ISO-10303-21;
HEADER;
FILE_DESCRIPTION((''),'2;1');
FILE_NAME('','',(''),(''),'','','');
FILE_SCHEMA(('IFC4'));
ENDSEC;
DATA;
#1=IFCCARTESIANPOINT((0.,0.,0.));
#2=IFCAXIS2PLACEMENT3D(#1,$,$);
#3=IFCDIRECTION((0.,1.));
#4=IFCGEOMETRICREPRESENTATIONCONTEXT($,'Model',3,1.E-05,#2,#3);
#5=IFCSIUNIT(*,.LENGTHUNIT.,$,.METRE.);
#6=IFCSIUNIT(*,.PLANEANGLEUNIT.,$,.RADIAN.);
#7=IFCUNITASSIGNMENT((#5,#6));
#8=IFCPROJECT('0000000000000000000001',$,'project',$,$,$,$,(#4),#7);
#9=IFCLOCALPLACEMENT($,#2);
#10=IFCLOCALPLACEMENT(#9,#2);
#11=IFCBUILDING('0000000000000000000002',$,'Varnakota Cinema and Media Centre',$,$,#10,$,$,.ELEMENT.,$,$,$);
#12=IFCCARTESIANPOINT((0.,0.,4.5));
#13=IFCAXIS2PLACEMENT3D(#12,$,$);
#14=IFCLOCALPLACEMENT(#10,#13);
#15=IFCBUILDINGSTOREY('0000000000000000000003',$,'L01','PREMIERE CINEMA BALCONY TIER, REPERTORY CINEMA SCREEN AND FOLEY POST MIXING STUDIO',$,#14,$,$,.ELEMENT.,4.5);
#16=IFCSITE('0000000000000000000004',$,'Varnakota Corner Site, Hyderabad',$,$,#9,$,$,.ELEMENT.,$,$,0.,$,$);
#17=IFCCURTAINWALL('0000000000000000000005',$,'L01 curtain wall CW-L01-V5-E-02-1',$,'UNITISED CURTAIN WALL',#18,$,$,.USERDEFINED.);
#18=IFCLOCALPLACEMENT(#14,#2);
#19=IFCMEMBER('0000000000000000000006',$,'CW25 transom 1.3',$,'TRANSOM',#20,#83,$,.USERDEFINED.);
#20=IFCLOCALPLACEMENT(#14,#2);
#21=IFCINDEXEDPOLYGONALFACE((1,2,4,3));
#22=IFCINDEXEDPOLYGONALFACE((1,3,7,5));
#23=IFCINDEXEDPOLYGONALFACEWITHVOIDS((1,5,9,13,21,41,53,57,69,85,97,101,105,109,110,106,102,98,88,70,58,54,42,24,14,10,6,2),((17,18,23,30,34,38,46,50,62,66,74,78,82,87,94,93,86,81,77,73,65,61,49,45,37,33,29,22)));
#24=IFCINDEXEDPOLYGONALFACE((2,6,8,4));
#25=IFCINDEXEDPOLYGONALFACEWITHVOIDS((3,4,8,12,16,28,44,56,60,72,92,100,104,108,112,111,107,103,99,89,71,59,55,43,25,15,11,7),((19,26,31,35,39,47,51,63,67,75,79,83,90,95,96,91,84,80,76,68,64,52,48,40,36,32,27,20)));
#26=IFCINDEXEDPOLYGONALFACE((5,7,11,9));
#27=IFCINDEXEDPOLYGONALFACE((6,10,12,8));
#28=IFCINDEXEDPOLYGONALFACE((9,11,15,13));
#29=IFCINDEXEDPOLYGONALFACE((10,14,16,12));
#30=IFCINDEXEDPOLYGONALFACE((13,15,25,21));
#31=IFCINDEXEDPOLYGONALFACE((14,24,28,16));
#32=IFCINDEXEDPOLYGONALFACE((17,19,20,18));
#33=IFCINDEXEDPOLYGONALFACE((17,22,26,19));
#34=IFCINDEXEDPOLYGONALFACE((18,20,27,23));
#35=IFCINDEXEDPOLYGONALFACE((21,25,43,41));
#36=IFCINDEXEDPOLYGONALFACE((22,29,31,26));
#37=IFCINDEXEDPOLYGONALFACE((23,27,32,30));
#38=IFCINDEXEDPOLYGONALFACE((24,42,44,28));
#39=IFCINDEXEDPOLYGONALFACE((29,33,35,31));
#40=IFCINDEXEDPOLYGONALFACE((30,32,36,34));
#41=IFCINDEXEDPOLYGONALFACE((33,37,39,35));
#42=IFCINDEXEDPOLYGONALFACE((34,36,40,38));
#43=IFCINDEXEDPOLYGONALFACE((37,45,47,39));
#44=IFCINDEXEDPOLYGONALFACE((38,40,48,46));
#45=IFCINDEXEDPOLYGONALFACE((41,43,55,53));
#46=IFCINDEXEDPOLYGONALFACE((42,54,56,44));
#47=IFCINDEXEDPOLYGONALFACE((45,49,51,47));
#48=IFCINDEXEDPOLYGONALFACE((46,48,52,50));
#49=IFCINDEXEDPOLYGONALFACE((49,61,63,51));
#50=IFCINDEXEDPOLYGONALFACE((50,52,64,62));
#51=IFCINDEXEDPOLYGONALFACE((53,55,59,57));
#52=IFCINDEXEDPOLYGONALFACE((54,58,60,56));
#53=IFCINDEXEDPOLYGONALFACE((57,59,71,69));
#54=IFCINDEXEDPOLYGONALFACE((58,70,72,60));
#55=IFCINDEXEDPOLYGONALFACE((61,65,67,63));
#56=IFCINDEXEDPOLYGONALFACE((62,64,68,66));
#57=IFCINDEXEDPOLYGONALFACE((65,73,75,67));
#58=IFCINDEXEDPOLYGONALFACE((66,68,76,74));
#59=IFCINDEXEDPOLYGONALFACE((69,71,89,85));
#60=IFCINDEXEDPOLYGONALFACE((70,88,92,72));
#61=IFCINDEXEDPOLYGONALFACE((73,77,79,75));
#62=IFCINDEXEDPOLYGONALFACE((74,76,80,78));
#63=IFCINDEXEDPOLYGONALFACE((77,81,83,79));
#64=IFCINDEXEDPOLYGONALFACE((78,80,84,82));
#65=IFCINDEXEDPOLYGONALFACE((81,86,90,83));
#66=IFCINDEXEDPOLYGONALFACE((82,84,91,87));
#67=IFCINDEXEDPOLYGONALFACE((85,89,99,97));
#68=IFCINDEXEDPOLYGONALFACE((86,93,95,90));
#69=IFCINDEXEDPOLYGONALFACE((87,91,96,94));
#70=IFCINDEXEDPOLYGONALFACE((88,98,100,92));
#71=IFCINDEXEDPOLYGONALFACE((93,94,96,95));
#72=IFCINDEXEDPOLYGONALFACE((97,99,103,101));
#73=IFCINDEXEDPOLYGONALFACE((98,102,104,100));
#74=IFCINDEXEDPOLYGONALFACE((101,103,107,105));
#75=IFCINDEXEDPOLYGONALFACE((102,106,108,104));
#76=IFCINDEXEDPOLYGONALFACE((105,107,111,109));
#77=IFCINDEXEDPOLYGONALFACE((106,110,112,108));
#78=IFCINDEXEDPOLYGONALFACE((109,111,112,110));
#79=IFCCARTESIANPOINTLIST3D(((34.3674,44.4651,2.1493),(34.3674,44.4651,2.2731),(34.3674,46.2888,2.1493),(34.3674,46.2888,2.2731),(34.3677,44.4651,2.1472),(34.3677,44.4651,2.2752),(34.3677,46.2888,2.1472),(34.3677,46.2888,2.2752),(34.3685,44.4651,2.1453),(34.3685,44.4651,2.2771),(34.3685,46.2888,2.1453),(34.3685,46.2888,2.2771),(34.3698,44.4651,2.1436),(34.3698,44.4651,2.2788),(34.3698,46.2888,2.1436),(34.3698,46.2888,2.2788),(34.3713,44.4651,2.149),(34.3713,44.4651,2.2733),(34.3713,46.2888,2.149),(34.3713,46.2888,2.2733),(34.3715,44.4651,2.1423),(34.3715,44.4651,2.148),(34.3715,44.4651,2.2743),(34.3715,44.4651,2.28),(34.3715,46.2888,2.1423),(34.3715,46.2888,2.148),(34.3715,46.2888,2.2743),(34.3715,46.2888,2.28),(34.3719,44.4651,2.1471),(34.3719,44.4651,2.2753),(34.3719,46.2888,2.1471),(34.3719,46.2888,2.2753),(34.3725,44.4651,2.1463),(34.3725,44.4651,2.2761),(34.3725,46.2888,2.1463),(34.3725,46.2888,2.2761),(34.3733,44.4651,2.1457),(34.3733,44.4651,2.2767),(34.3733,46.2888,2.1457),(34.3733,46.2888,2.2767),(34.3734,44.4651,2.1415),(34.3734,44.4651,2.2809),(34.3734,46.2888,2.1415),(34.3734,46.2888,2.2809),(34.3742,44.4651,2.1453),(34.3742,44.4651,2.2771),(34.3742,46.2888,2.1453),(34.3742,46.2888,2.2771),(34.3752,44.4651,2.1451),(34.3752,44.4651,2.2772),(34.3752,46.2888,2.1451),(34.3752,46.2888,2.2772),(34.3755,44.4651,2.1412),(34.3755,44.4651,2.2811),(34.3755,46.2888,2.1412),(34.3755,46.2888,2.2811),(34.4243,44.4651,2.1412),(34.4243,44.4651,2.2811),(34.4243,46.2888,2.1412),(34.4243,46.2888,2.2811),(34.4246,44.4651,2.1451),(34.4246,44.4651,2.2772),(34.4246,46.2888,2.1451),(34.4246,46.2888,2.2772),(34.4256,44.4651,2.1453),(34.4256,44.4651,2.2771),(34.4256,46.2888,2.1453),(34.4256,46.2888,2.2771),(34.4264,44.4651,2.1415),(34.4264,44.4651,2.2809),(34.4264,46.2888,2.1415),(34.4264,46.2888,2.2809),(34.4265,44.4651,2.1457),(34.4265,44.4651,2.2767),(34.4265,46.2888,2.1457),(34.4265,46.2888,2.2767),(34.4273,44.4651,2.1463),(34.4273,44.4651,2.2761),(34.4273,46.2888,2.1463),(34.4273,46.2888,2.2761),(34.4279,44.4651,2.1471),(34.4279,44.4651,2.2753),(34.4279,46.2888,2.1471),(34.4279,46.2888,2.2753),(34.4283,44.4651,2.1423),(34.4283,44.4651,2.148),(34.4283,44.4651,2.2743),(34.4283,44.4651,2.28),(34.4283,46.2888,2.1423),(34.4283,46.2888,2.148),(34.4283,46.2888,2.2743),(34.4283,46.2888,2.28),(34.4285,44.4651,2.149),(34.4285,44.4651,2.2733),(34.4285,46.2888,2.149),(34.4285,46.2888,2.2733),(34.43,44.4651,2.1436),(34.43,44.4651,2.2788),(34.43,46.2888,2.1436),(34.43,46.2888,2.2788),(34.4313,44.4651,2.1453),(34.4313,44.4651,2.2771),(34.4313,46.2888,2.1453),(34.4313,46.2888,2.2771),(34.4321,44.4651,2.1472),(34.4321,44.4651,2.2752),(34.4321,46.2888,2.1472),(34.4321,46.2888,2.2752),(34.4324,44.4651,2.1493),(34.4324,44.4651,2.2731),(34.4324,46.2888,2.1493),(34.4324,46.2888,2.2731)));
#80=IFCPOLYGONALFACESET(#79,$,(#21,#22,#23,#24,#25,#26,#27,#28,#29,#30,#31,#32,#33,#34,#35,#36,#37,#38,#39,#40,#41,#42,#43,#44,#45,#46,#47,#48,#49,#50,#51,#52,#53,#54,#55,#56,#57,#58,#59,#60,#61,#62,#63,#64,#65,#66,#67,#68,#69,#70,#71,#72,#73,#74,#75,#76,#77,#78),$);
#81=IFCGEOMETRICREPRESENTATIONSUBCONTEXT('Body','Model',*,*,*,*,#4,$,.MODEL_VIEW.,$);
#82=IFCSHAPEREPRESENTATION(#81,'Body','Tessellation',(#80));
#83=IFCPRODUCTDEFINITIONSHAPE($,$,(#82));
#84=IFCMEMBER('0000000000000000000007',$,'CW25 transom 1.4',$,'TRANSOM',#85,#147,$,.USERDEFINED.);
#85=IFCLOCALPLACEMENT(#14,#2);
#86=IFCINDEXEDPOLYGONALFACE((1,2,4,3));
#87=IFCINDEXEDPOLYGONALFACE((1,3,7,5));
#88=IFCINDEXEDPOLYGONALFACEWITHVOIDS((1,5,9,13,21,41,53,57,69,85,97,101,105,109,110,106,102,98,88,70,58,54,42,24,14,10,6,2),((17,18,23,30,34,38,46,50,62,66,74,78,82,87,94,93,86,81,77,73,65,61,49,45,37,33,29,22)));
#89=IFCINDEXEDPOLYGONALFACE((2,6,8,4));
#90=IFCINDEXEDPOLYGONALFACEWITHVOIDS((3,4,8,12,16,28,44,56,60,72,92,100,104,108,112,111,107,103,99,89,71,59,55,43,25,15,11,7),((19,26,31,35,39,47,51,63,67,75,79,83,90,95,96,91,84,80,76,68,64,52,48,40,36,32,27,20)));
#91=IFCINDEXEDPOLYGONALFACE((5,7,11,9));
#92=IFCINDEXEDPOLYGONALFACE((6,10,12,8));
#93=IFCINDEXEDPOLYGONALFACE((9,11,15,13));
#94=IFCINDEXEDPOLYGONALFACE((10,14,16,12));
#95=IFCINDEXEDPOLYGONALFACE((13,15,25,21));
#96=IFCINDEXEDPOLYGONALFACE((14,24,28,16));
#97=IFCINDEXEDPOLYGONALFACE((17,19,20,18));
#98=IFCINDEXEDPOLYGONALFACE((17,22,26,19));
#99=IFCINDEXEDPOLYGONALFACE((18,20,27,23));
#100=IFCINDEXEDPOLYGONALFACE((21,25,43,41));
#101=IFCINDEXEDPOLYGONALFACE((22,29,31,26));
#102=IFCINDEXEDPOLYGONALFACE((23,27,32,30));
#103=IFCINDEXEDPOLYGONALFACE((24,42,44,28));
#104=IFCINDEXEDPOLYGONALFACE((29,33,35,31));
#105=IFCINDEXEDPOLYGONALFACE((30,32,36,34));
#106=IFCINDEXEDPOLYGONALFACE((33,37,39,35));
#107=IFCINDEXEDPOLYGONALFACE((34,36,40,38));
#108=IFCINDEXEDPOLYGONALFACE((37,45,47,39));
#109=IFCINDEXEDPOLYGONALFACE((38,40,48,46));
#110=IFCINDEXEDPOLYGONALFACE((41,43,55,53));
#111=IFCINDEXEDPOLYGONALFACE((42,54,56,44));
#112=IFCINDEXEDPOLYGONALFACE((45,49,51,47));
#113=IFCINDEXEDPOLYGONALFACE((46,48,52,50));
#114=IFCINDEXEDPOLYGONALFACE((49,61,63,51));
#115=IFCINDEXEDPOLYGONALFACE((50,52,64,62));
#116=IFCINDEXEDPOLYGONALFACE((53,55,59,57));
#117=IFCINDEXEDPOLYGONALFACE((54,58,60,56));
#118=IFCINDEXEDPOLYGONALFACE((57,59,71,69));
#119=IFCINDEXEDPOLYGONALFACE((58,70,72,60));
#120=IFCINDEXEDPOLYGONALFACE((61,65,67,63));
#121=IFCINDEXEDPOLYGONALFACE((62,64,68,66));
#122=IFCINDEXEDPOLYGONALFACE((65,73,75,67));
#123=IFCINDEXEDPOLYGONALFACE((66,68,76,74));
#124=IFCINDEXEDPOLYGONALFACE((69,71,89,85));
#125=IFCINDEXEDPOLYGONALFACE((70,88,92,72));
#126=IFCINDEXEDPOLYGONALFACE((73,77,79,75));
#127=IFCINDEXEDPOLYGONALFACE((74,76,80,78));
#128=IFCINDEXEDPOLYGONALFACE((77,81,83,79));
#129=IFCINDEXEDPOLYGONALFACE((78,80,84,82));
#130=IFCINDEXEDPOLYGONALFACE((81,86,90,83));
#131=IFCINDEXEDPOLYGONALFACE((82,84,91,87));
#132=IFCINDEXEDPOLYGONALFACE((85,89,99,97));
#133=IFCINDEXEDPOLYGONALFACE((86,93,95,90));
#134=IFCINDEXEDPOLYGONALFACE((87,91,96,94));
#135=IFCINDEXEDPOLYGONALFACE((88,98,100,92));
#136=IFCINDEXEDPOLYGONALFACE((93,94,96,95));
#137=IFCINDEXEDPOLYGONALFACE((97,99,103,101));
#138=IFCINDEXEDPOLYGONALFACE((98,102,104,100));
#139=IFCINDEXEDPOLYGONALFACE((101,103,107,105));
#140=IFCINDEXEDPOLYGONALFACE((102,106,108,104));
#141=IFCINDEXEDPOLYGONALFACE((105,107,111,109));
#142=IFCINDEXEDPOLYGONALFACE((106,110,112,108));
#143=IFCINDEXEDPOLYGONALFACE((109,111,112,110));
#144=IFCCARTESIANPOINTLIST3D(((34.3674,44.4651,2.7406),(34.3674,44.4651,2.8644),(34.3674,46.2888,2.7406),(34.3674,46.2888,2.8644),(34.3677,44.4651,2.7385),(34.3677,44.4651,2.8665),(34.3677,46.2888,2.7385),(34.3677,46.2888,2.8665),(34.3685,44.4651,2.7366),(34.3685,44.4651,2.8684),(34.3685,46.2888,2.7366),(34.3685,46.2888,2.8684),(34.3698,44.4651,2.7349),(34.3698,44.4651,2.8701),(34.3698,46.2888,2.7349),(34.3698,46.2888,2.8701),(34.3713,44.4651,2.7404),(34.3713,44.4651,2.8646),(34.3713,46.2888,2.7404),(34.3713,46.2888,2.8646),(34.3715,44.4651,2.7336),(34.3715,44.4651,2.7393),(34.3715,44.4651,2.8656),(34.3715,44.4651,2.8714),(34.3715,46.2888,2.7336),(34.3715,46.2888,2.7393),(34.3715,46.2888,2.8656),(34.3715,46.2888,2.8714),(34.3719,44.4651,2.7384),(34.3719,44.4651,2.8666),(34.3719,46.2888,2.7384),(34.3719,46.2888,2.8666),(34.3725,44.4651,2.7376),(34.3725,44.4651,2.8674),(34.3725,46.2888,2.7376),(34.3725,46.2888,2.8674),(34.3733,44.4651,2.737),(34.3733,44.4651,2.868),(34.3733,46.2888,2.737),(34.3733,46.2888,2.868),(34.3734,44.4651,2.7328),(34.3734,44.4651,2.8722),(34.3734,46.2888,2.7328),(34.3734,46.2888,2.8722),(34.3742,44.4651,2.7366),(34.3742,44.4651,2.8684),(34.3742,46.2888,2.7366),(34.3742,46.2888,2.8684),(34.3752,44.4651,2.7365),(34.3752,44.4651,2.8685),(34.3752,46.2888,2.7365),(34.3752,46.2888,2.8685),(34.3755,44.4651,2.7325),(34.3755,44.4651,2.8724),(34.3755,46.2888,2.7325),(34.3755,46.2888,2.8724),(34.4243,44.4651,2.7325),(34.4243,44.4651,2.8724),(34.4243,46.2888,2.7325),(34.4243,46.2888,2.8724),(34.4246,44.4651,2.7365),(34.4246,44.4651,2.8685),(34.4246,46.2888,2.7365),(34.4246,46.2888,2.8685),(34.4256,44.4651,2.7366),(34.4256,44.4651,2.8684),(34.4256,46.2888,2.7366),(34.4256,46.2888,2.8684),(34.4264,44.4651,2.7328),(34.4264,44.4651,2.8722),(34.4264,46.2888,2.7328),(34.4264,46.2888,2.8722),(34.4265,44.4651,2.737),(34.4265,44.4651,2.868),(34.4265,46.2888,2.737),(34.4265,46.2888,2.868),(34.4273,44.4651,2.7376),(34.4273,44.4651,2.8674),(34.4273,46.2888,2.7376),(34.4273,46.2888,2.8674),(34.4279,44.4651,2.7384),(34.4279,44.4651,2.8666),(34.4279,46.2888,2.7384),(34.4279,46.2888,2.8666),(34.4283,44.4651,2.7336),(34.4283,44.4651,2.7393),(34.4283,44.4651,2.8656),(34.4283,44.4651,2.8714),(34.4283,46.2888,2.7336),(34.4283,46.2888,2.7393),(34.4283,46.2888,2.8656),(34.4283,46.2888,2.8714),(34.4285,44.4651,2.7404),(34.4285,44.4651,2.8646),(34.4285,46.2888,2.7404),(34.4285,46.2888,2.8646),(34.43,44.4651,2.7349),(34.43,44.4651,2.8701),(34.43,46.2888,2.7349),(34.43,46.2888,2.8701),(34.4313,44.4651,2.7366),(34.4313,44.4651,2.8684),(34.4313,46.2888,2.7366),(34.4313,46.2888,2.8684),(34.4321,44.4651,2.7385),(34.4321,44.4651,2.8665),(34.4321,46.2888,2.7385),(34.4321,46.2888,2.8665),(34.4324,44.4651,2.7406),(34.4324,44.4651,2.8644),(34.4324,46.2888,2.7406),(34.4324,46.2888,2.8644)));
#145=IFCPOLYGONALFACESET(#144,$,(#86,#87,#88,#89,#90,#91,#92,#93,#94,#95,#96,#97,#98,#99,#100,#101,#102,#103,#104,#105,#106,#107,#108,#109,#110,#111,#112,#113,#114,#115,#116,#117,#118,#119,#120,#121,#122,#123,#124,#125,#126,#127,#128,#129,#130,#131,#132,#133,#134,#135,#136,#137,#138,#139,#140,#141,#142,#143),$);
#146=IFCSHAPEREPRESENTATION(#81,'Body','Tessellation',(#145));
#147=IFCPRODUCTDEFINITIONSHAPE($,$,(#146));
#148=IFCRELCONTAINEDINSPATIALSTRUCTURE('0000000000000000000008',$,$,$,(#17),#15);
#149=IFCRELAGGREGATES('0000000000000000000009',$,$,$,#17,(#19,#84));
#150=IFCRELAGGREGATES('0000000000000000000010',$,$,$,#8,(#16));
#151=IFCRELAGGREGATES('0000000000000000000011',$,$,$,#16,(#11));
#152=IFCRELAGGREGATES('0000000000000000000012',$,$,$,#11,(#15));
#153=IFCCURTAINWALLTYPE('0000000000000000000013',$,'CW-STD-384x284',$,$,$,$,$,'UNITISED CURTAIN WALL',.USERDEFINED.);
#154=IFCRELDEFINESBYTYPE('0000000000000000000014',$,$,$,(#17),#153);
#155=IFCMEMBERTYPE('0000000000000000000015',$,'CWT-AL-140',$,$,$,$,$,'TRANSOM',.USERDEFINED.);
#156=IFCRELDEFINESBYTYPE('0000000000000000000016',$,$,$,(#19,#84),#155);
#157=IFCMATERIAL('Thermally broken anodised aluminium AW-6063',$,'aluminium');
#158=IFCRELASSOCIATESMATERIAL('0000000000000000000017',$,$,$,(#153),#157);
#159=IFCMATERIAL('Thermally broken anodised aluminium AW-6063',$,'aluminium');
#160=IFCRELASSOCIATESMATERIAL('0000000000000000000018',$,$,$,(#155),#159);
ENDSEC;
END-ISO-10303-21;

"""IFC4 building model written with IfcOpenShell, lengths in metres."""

from ifc_helpers import new_model, si_unit, direction, frame, origin, origin_2d, place, context, subcontext, project, spatial, hollow_rectangle, extrude, material, material_profile, profile_set, type_object, element, aggregate, save


model = new_model("IFC4")

# Units and contexts
model_context = context("Model", 3, precision=1e-05, world=origin(), true_north=direction((0.0, 1.0)))
body_context = subcontext(model_context, "Body", "Model", "MODEL_VIEW")
ifc_project = project(units=[si_unit("LENGTHUNIT", "METRE"), si_unit("PLANEANGLEUNIT", "RADIAN")], contexts=[model_context])

# Site, building, storey
site_placement = place(None, origin())
site = spatial("IfcSite", under=ifc_project, at=site_placement, Name="Varnakota Corner Site, Hyderabad", CompositionType="ELEMENT", RefElevation=0.0)
building_placement = place(site_placement, origin())
building = spatial("IfcBuilding", under=site, at=building_placement, Name="Varnakota Cinema and Media Centre", CompositionType="ELEMENT")
storey_placement = place(building_placement, frame((0.0, 0.0, 4.5)))
storey = spatial("IfcBuildingStorey", under=building, at=storey_placement, Name="L01", Description="PREMIERE CINEMA BALCONY TIER, REPERTORY CINEMA SCREEN AND FOLEY POST MIXING STUDIO", CompositionType="ELEMENT", Elevation=4.5)

# Curtain wall
ifc_material_1 = material(Name="Thermally broken anodised aluminium AW-6063", Category="aluminium")
curtain_wall_type = type_object("IfcCurtainWallType", Name="CW-STD-384x284", ElementType="UNITISED CURTAIN WALL", PredefinedType="USERDEFINED", material=ifc_material_1)
curtain_wall_1_placement = place(storey_placement, origin())
curtain_wall_1 = element("IfcCurtainWall", 1, at=curtain_wall_1_placement, inside=storey, type_object=curtain_wall_type, Name="L01 curtain wall CW-L01-V5-E-02-1", ObjectType="UNITISED CURTAIN WALL", PredefinedType="USERDEFINED")

# Members
ifc_material_2 = material(Name="Thermally broken anodised aluminium AW-6063", Category="aluminium")
ifc_material_profile_1 = material_profile(ifc_material_2, hollow_rectangle(XDim=0.0649, YDim=0.1399, WallThickness=0.0039, InnerFilletRadius=0.0039, OuterFilletRadius=0.0081, at=origin_2d()), Name="AL-TRANSOM 140x65x4")
ifc_profile_set_1 = profile_set([ifc_material_profile_1], Name="Thermally broken anodised aluminium AW-6063")
member_type_1 = type_object("IfcMemberType", Name="CWT-AL-140", ElementType="TRANSOM", PredefinedType="USERDEFINED", material=ifc_profile_set_1)
member_1_placement = place(storey_placement, frame((34.3999, 44.4651, 2.2112), z_axis=(0.0, 1.0, 0.0), x_axis=(-1.0, 0.0, 0.0)))
member_1 = element("IfcMember", 2, at=member_1_placement, type_object=member_type_1, Name="CW25 transom 1.3", ObjectType="TRANSOM", PredefinedType="USERDEFINED", context=body_context, shape_type="SweptSolid", body=[
    extrude(hollow_rectangle(XDim=0.0649, YDim=0.1399, WallThickness=0.0039, InnerFilletRadius=0.0039, OuterFilletRadius=0.0081, at=origin_2d()), origin(), (0.0, 0.0, 1.0), 1.8237),
])
member_2_placement = place(storey_placement, frame((34.3999, 44.4651, 2.8025), z_axis=(0.0, 1.0, 0.0), x_axis=(-1.0, 0.0, 0.0)))
member_2 = element("IfcMember", 3, at=member_2_placement, type_object=member_type_1, Name="CW25 transom 1.4", ObjectType="TRANSOM", PredefinedType="USERDEFINED", context=body_context, shape_type="SweptSolid", body=[
    extrude(hollow_rectangle(XDim=0.0649, YDim=0.1399, WallThickness=0.0039, InnerFilletRadius=0.0039, OuterFilletRadius=0.0081, at=origin_2d()), origin(), (0.0, 0.0, 1.0), 1.8237),
])

aggregate(curtain_wall_1, [member_1, member_2])

save(model, "model.ifc")
